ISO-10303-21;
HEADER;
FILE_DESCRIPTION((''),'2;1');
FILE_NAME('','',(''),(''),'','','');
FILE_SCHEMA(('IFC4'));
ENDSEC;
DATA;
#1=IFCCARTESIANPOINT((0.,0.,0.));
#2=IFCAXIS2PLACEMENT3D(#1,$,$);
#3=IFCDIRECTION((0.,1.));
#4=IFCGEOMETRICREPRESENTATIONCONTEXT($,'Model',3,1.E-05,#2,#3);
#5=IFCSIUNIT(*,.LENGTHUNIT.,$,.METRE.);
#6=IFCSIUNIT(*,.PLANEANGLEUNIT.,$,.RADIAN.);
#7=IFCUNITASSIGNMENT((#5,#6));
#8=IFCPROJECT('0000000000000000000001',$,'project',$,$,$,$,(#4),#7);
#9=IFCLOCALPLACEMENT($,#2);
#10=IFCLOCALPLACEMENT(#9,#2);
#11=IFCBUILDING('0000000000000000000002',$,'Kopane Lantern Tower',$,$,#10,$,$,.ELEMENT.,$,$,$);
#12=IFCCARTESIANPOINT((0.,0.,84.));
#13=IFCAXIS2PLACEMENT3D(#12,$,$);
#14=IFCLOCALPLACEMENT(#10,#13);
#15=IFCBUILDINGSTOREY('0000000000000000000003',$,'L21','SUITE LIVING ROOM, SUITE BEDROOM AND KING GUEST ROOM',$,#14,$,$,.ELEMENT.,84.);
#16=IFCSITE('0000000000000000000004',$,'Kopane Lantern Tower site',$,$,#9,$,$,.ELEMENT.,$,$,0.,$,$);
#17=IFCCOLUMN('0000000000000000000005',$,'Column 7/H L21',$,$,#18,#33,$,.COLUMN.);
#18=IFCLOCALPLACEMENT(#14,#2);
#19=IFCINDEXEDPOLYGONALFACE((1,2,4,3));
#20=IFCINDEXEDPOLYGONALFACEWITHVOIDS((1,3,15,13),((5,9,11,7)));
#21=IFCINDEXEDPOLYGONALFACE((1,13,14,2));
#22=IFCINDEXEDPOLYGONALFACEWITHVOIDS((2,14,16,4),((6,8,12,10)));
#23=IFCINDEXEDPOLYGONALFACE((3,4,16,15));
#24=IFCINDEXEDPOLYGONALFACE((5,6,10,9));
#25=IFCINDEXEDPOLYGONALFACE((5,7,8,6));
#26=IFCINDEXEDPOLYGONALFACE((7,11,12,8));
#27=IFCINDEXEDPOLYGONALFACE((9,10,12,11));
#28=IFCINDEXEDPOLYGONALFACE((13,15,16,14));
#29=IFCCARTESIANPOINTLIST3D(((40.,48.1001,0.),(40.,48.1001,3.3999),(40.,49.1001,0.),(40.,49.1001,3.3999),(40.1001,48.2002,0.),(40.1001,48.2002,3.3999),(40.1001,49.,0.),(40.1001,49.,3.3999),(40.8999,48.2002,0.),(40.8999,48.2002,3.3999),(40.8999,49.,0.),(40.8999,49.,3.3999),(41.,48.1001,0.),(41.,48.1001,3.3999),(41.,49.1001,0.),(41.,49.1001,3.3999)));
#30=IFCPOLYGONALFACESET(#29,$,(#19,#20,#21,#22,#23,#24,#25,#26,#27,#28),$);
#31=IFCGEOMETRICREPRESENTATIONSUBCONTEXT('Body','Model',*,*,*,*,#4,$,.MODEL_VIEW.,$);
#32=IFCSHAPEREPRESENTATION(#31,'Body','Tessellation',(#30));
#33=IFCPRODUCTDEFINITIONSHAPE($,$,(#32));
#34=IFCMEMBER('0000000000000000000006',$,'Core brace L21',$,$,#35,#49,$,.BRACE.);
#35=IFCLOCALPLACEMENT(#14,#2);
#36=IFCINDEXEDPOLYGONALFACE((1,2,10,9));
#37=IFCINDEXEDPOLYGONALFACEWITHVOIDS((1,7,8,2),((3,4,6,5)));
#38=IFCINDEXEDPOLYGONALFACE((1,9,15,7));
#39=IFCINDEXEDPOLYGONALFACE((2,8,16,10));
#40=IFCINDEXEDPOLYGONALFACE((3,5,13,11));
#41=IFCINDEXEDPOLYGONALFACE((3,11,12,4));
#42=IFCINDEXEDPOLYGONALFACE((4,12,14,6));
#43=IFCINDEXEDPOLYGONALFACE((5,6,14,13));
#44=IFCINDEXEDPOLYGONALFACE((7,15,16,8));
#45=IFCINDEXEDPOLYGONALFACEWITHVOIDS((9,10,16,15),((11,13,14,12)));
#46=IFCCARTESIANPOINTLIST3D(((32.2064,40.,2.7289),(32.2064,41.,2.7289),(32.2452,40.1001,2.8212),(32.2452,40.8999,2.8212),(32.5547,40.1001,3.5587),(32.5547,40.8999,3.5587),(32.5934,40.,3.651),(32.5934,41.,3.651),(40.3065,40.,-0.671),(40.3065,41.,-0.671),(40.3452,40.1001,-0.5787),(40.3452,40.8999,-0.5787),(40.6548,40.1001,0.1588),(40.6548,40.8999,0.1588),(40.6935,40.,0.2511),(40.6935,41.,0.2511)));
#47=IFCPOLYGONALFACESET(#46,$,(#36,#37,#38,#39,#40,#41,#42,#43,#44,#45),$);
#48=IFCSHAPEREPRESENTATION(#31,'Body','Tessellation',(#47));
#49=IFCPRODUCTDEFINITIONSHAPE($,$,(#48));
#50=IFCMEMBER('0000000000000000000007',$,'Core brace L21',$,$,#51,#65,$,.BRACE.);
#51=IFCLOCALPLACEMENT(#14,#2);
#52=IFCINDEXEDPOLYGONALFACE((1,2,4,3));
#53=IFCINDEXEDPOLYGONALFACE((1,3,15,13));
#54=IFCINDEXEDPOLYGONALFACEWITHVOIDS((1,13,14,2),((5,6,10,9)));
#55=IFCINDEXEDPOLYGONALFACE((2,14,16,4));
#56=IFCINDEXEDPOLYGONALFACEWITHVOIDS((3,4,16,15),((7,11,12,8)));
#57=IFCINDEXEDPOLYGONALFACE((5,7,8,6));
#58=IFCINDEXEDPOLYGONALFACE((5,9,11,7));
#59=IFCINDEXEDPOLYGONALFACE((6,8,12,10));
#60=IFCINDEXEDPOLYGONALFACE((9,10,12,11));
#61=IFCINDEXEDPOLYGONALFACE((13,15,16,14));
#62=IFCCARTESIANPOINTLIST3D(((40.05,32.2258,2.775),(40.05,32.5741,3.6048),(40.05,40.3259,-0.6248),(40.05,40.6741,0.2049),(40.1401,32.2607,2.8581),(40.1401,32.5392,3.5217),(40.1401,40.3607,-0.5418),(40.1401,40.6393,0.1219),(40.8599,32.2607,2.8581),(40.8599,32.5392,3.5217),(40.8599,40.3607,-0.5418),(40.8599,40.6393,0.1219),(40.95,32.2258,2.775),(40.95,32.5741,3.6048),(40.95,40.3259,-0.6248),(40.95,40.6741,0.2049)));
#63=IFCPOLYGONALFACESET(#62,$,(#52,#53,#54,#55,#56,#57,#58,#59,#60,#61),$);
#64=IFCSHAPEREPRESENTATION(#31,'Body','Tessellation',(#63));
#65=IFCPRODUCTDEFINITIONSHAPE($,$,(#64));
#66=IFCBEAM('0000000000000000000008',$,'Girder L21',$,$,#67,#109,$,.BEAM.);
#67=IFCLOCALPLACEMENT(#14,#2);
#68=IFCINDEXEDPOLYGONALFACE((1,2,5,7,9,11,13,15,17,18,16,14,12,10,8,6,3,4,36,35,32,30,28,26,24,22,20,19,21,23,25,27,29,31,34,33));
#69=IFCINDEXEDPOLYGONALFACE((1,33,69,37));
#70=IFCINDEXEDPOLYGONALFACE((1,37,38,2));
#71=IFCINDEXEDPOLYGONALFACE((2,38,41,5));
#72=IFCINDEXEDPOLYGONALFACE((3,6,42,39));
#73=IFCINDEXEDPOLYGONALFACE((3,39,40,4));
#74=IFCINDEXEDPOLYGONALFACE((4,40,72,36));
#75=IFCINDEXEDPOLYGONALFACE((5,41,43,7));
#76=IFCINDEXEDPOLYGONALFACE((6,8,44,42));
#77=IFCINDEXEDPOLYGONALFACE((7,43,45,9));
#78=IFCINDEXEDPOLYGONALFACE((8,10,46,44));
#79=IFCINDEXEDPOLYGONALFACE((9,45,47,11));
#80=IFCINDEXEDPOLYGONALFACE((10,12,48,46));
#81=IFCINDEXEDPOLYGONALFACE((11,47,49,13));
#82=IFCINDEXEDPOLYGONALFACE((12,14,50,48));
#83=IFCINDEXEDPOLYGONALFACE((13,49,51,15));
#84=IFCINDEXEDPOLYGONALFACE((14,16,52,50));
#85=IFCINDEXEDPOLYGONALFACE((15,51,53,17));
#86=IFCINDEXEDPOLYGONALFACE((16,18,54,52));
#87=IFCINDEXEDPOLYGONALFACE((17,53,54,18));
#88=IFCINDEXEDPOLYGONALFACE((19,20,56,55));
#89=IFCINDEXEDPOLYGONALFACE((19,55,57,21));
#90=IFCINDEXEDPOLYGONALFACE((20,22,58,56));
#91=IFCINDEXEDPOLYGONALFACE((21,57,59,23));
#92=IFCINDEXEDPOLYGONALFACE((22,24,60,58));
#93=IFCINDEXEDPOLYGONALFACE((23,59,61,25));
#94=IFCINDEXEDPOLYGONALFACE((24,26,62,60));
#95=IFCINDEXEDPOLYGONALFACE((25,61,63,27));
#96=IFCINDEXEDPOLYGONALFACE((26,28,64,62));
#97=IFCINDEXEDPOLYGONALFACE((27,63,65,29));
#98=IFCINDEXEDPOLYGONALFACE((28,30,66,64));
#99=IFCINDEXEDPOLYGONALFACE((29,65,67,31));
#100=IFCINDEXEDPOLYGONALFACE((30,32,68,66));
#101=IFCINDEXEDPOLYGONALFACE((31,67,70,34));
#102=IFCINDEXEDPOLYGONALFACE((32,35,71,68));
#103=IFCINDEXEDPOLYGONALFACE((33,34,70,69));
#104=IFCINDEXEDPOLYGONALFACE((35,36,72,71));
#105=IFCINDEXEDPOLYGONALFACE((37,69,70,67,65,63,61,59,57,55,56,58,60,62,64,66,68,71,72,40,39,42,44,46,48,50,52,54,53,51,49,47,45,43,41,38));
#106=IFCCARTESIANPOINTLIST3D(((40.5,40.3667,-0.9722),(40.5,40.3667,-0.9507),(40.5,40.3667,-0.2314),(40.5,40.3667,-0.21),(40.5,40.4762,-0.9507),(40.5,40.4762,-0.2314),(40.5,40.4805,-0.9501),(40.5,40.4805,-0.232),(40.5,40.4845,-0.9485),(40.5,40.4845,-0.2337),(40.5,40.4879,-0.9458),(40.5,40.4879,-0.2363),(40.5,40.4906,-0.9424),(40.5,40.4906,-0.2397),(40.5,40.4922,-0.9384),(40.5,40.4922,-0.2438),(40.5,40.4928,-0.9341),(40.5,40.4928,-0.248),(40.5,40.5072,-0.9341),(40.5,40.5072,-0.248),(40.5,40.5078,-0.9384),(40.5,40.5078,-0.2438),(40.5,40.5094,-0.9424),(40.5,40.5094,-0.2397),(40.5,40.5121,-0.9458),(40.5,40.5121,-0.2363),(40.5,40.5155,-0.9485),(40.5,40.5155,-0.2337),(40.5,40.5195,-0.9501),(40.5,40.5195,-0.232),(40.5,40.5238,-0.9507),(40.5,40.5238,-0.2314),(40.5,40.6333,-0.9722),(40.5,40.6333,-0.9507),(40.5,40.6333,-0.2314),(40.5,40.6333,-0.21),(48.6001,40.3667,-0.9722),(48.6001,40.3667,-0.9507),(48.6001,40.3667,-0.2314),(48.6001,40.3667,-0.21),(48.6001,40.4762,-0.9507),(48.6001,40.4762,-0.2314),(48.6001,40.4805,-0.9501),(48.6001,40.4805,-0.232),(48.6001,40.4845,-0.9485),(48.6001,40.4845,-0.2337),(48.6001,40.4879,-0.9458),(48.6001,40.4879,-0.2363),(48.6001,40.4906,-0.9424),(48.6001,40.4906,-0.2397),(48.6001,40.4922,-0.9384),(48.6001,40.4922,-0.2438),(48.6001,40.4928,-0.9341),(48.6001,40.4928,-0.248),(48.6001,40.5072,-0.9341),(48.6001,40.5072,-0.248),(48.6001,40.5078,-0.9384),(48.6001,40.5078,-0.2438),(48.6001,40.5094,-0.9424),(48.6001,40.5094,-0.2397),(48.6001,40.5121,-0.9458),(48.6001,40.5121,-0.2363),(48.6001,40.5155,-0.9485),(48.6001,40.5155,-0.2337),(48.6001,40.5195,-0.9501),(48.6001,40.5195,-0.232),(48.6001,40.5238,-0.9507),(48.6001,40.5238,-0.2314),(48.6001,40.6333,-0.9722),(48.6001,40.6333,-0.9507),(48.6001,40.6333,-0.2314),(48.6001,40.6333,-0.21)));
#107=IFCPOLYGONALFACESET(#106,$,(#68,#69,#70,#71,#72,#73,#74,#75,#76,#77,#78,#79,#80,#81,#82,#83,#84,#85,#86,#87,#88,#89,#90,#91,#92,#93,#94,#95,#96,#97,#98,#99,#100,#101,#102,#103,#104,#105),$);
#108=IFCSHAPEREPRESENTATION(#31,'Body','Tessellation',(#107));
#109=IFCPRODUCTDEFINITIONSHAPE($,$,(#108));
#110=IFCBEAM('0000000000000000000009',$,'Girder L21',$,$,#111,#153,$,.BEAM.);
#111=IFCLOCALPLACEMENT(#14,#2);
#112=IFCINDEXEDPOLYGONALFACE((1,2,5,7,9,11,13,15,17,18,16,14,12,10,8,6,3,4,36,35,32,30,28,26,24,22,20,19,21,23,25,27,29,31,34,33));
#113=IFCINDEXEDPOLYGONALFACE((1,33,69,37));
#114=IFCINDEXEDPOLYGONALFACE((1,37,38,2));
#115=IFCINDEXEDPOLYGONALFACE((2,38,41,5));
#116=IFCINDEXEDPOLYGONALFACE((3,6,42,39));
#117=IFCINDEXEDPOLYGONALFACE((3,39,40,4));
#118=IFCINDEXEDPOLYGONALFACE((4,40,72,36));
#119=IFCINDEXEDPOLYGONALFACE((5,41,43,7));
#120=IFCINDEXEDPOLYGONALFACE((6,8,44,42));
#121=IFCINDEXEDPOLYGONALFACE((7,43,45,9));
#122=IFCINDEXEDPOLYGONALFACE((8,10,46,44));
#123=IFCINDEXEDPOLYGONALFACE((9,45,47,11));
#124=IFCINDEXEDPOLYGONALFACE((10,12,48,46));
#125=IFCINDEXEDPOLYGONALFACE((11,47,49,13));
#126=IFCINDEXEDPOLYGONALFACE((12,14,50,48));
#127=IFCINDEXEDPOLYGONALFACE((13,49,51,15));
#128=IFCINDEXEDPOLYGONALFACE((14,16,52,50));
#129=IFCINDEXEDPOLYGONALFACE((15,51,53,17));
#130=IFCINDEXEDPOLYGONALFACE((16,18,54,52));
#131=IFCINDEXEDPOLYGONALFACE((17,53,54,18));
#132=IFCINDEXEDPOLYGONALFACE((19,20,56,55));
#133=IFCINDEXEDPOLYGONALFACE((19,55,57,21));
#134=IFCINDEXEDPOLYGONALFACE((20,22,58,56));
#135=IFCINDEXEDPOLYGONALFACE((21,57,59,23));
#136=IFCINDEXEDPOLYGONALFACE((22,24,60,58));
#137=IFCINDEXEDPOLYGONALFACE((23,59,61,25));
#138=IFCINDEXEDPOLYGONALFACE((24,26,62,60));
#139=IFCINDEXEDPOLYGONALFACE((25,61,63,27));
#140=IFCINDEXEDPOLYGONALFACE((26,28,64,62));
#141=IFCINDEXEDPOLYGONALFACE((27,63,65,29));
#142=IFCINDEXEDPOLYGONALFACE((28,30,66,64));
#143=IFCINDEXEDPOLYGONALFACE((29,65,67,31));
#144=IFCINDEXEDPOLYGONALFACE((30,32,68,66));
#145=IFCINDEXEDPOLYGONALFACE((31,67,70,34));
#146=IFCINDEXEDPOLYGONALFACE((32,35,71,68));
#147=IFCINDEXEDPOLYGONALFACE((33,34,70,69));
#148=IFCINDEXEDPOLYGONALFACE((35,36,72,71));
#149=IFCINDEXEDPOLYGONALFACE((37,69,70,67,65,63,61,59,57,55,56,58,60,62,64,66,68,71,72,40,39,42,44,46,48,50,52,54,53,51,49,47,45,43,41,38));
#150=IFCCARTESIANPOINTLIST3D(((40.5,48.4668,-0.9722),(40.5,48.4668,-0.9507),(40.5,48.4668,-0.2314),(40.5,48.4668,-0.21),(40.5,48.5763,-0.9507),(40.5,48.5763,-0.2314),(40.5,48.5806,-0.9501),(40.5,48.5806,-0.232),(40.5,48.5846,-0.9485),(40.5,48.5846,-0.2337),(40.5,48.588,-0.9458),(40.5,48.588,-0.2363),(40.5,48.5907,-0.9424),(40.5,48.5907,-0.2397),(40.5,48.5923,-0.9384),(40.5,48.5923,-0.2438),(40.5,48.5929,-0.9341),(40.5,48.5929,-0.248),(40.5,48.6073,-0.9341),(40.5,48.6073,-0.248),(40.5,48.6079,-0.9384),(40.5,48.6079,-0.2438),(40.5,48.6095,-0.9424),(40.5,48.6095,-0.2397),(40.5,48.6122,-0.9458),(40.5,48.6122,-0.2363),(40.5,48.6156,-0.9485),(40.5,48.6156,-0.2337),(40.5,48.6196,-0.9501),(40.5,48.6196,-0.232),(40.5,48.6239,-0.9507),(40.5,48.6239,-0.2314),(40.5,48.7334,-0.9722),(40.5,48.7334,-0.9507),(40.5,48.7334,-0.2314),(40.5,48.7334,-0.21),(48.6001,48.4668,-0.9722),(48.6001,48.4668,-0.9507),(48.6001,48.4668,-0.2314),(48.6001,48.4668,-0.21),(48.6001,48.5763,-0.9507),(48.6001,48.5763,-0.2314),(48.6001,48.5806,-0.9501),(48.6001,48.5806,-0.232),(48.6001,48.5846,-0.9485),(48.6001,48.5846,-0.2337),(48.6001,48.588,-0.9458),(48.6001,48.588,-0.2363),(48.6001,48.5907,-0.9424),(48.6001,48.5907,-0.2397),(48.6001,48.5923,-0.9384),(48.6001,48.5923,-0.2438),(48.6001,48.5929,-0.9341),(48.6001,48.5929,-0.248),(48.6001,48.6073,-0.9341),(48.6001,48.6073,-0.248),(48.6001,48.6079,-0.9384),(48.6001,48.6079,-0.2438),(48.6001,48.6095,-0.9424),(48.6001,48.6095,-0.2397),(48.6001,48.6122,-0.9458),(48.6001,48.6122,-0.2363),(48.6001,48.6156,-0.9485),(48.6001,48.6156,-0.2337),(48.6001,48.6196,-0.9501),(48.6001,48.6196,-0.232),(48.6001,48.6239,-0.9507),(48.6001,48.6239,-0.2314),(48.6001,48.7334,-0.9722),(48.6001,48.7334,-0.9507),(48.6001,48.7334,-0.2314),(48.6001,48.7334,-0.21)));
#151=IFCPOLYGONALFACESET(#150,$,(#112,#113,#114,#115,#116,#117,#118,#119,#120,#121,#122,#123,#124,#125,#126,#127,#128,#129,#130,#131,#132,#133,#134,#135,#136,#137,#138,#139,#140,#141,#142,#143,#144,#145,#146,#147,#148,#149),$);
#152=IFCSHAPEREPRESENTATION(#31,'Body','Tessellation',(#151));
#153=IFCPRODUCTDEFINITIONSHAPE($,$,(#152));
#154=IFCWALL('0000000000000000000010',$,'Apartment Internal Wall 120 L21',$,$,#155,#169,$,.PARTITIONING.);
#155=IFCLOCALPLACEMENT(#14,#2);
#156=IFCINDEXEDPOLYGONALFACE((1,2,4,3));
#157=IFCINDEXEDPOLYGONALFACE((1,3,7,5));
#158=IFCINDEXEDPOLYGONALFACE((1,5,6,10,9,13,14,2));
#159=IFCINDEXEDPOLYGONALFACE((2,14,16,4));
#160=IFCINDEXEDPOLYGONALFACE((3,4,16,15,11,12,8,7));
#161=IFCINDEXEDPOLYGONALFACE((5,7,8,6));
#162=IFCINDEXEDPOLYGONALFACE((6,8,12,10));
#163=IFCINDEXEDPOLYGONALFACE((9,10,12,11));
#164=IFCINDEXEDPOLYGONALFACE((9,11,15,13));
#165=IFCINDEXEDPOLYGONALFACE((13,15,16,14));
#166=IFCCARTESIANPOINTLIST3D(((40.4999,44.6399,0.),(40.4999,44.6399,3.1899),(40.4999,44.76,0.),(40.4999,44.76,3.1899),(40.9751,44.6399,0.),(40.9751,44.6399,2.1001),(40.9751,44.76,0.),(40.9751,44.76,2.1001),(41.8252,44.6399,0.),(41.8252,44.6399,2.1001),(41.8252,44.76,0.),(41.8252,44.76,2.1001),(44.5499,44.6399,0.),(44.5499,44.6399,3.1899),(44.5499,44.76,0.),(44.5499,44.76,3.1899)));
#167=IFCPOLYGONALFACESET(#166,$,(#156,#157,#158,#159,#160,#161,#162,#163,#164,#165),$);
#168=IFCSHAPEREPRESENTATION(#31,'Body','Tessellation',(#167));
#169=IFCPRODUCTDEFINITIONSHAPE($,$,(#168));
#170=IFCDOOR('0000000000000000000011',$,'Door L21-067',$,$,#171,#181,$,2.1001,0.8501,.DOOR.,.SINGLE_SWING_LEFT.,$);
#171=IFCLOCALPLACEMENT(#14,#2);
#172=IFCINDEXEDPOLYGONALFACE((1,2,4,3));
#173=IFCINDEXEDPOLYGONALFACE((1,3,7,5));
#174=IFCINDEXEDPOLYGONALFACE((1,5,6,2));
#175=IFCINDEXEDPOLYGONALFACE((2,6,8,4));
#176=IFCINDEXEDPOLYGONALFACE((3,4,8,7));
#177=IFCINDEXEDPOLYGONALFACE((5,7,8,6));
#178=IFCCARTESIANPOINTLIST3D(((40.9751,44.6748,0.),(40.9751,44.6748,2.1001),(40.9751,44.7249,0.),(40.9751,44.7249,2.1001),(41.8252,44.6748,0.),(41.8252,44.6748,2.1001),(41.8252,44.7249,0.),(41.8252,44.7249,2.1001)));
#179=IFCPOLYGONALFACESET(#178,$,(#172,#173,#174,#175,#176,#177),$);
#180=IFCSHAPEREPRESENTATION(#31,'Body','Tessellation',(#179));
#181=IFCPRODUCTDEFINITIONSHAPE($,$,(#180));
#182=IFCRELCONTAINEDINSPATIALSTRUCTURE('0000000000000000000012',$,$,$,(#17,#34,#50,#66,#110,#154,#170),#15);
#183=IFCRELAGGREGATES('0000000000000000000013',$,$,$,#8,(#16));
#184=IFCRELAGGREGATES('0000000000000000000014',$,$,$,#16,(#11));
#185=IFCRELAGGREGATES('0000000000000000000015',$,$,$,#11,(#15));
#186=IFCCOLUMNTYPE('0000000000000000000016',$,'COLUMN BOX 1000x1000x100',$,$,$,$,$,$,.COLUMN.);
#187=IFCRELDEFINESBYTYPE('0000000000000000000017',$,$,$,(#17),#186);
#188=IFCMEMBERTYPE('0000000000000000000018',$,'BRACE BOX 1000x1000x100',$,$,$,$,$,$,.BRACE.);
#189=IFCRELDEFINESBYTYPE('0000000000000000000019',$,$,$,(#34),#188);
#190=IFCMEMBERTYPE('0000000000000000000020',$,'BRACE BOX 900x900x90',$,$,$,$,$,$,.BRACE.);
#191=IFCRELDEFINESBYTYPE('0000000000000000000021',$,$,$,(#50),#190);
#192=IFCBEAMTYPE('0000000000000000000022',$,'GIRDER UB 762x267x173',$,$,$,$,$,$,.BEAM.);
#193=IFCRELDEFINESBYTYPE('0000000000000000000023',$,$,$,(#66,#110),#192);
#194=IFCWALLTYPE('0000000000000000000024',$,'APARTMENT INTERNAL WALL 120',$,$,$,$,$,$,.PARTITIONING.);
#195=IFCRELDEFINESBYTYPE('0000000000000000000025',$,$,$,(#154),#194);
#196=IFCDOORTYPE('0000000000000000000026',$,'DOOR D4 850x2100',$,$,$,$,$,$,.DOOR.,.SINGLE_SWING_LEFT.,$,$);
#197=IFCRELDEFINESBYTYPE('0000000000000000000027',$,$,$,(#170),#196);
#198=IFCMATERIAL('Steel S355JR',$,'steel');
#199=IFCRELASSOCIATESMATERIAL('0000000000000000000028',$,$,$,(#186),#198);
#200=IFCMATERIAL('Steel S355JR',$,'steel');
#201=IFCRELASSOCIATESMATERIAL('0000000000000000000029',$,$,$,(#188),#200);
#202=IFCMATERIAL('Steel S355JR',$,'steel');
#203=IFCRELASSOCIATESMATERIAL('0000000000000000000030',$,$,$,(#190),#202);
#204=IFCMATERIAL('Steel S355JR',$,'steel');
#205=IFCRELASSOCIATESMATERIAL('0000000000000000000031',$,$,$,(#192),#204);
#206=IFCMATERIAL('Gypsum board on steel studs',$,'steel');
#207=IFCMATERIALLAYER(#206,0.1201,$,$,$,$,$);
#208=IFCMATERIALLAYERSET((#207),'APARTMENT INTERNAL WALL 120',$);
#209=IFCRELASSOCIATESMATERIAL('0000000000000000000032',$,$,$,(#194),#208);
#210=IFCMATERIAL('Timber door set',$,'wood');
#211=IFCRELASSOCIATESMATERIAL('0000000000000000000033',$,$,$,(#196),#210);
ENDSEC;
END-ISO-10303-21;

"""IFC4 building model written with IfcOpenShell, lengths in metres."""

from ifc_helpers import new_model, si_unit, direction, frame, frame_2d, origin, origin_2d, place, context, subcontext, project, spatial, rectangle, hollow_rectangle, i_section, extrude, material, layer, layer_set, material_profile, profile_set, type_object, element, fill, save


model = new_model("IFC4")

# Units and contexts
model_context = context("Model", 3, precision=1e-05, world=origin(), true_north=direction((0.0, 1.0)))
body_context = subcontext(model_context, "Body", "Model", "MODEL_VIEW")
ifc_project = project(units=[si_unit("LENGTHUNIT", "METRE"), si_unit("PLANEANGLEUNIT", "RADIAN")], contexts=[model_context])

# Site, building, storey
site_placement = place(None, origin())
site = spatial("IfcSite", under=ifc_project, at=site_placement, Name="Kopane Lantern Tower site", CompositionType="ELEMENT", RefElevation=0.0)
building_placement = place(site_placement, origin())
building = spatial("IfcBuilding", under=site, at=building_placement, Name="Kopane Lantern Tower", CompositionType="ELEMENT")
storey_placement = place(building_placement, frame((0.0, 0.0, 84.0)))
storey = spatial("IfcBuildingStorey", under=building, at=storey_placement, Name="L21", Description="SUITE LIVING ROOM, SUITE BEDROOM AND KING GUEST ROOM", CompositionType="ELEMENT", Elevation=84.0)

# Column
ifc_material_1 = material(Name="Steel S355JR", Category="steel")
ifc_material_profile_1 = material_profile(ifc_material_1, hollow_rectangle(XDim=1.0, YDim=1.0, WallThickness=0.1001, at=origin_2d()), Name="BOX 1000x1000x100")
ifc_profile_set_1 = profile_set([ifc_material_profile_1], Name="Steel S355JR")
column_type = type_object("IfcColumnType", Name="COLUMN BOX 1000x1000x100", PredefinedType="COLUMN", material=ifc_profile_set_1)
column_placement = place(storey_placement, frame((40.5, 48.6001, 0.0), z_axis=(0.0, 0.0, 1.0), x_axis=(1.0, 0.0, 0.0)))
element("IfcColumn", 1, at=column_placement, inside=storey, type_object=column_type, Name="Column 7/H L21", PredefinedType="COLUMN", context=body_context, shape_type="SweptSolid", body=[
    extrude(hollow_rectangle(XDim=1.0, YDim=1.0, WallThickness=0.1001, at=origin_2d()), origin(), (0.0, 0.0, 1.0), 3.3999),
])

# Members
ifc_material_2 = material(Name="Steel S355JR", Category="steel")
ifc_material_profile_2 = material_profile(ifc_material_2, hollow_rectangle(XDim=1.0, YDim=1.0, WallThickness=0.1001, at=origin_2d()), Name="BOX 1000x1000x100")
ifc_profile_set_2 = profile_set([ifc_material_profile_2], Name="Steel S355JR")
member_type_1 = type_object("IfcMemberType", Name="BRACE BOX 1000x1000x100", PredefinedType="BRACE", material=ifc_profile_set_2)
member_1_placement = place(storey_placement, frame((40.5, 40.5, -0.21), z_axis=(-0.922069, 0.0, 0.387026), x_axis=(0.0, -1.0, 0.0)))
element("IfcMember", 2, at=member_1_placement, inside=storey, type_object=member_type_1, Name="Core brace L21", PredefinedType="BRACE", context=body_context, shape_type="SweptSolid", body=[
    extrude(hollow_rectangle(XDim=1.0, YDim=1.0, WallThickness=0.1001, at=origin_2d()), origin(), (0.0, 0.0, 1.0), 8.7847),
])
ifc_material_3 = material(Name="Steel S355JR", Category="steel")
ifc_material_profile_3 = material_profile(ifc_material_3, hollow_rectangle(XDim=0.8999, YDim=0.8999, WallThickness=0.0901, at=origin_2d()), Name="BOX 900x900x90")
ifc_profile_set_3 = profile_set([ifc_material_profile_3], Name="Steel S355JR")
member_type_2 = type_object("IfcMemberType", Name="BRACE BOX 900x900x90", PredefinedType="BRACE", material=ifc_profile_set_3)
member_2_placement = place(storey_placement, frame((40.5, 40.5, -0.21), z_axis=(0.0, -0.922069, 0.387026), x_axis=(1.0, 0.0, 0.0)))
element("IfcMember", 3, at=member_2_placement, inside=storey, type_object=member_type_2, Name="Core brace L21", PredefinedType="BRACE", context=body_context, shape_type="SweptSolid", body=[
    extrude(hollow_rectangle(XDim=0.8999, YDim=0.8999, WallThickness=0.0901, at=origin_2d()), origin(), (0.0, 0.0, 1.0), 8.7847),
])

# Beams
ifc_material_4 = material(Name="Steel S355JR", Category="steel")
ifc_material_profile_4 = material_profile(ifc_material_4, i_section(OverallWidth=0.2666, OverallDepth=0.7622, WebThickness=0.0144, FlangeThickness=0.0215, FilletRadius=0.0166, at=origin_2d()), Name="UB 762x267x173")
ifc_profile_set_4 = profile_set([ifc_material_profile_4], Name="Steel S355JR")
beam_type = type_object("IfcBeamType", Name="GIRDER UB 762x267x173", PredefinedType="BEAM", material=ifc_profile_set_4)
for number, where, z_axis, x_axis, name in (
    (4, (40.5, 40.5, -0.5911), (1.0, 0.0, 0.0), (0.0, 1.0, 0.0), "Girder L21"),
    (5, (40.5, 48.6001, -0.5911), (1.0, 0.0, 0.0), (0.0, 1.0, 0.0), "Girder L21"),
):
    element("IfcBeam", number, at=place(storey_placement, frame(where, z_axis=z_axis, x_axis=x_axis)), inside=storey, type_object=beam_type, Name=name, PredefinedType="BEAM", context=body_context, shape_type="SweptSolid", body=[
        extrude(i_section(OverallWidth=0.2666, OverallDepth=0.7622, WebThickness=0.0144, FlangeThickness=0.0215, FilletRadius=0.0166, at=origin_2d()), origin(), (0.0, 0.0, 1.0), 8.1001),
    ])

# Wall, opening, door
ifc_material_5 = material(Name="Gypsum board on steel studs", Category="steel")
ifc_layer_1 = layer(ifc_material_5, 0.1201)
ifc_layer_set_1 = layer_set([ifc_layer_1], Name="APARTMENT INTERNAL WALL 120")
wall_type_1 = type_object("IfcWallType", Name="APARTMENT INTERNAL WALL 120", PredefinedType="PARTITIONING", material=ifc_layer_set_1)
wall_1_placement = place(storey_placement, frame((40.5, 44.7, 0.0), z_axis=(0.0, 0.0, 1.0), x_axis=(1.0, 0.0, 0.0)))
wall_1 = element("IfcWall", 6, at=wall_1_placement, inside=storey, type_object=wall_type_1, Name="Apartment Internal Wall 120 L21", PredefinedType="PARTITIONING", context=body_context, shape_type="SweptSolid", body=[
    extrude(rectangle(XDim=4.05, YDim=0.1201, at=frame_2d((2.0249, 0.0))), origin(), (0.0, 0.0, 1.0), 3.1899),
])
opening_1_placement = place(wall_1_placement, frame((0.4751, 0.0, 0.0)))
opening_1 = element("IfcOpeningElement", 7, at=opening_1_placement, cuts=wall_1, PredefinedType="OPENING", context=body_context, shape_type="SweptSolid", body=[
    extrude(rectangle(XDim=0.8501, YDim=2.1001, at=frame_2d((0.425, 1.05))), frame((0.0, 0.0701, 0.0), z_axis=(0.0, -1.0, 0.0), x_axis=(1.0, 0.0, 0.0)), (0.0, 0.0, 1.0), 0.1401),
])
ifc_material_6 = material(Name="Timber door set", Category="wood")
door_type_1 = type_object("IfcDoorType", Name="DOOR D4 850x2100", OperationType="SINGLE_SWING_LEFT", PredefinedType="DOOR", material=ifc_material_6)
door_1_placement = place(opening_1_placement, origin())
door_1 = element("IfcDoor", 8, at=door_1_placement, inside=storey, type_object=door_type_1, Name="Door L21-067", OperationType="SINGLE_SWING_LEFT", OverallHeight=2.1001, OverallWidth=0.8501, PredefinedType="DOOR", context=body_context, shape_type="SweptSolid", body=[
    extrude(rectangle(XDim=0.8501, YDim=2.1001, at=frame_2d((0.425, 1.05))), frame((0.0, 0.0249, 0.0), z_axis=(0.0, -1.0, 0.0), x_axis=(1.0, 0.0, 0.0)), (0.0, 0.0, 1.0), 0.05),
])
fill(opening_1, door_1)

save(model, "model.ifc")
